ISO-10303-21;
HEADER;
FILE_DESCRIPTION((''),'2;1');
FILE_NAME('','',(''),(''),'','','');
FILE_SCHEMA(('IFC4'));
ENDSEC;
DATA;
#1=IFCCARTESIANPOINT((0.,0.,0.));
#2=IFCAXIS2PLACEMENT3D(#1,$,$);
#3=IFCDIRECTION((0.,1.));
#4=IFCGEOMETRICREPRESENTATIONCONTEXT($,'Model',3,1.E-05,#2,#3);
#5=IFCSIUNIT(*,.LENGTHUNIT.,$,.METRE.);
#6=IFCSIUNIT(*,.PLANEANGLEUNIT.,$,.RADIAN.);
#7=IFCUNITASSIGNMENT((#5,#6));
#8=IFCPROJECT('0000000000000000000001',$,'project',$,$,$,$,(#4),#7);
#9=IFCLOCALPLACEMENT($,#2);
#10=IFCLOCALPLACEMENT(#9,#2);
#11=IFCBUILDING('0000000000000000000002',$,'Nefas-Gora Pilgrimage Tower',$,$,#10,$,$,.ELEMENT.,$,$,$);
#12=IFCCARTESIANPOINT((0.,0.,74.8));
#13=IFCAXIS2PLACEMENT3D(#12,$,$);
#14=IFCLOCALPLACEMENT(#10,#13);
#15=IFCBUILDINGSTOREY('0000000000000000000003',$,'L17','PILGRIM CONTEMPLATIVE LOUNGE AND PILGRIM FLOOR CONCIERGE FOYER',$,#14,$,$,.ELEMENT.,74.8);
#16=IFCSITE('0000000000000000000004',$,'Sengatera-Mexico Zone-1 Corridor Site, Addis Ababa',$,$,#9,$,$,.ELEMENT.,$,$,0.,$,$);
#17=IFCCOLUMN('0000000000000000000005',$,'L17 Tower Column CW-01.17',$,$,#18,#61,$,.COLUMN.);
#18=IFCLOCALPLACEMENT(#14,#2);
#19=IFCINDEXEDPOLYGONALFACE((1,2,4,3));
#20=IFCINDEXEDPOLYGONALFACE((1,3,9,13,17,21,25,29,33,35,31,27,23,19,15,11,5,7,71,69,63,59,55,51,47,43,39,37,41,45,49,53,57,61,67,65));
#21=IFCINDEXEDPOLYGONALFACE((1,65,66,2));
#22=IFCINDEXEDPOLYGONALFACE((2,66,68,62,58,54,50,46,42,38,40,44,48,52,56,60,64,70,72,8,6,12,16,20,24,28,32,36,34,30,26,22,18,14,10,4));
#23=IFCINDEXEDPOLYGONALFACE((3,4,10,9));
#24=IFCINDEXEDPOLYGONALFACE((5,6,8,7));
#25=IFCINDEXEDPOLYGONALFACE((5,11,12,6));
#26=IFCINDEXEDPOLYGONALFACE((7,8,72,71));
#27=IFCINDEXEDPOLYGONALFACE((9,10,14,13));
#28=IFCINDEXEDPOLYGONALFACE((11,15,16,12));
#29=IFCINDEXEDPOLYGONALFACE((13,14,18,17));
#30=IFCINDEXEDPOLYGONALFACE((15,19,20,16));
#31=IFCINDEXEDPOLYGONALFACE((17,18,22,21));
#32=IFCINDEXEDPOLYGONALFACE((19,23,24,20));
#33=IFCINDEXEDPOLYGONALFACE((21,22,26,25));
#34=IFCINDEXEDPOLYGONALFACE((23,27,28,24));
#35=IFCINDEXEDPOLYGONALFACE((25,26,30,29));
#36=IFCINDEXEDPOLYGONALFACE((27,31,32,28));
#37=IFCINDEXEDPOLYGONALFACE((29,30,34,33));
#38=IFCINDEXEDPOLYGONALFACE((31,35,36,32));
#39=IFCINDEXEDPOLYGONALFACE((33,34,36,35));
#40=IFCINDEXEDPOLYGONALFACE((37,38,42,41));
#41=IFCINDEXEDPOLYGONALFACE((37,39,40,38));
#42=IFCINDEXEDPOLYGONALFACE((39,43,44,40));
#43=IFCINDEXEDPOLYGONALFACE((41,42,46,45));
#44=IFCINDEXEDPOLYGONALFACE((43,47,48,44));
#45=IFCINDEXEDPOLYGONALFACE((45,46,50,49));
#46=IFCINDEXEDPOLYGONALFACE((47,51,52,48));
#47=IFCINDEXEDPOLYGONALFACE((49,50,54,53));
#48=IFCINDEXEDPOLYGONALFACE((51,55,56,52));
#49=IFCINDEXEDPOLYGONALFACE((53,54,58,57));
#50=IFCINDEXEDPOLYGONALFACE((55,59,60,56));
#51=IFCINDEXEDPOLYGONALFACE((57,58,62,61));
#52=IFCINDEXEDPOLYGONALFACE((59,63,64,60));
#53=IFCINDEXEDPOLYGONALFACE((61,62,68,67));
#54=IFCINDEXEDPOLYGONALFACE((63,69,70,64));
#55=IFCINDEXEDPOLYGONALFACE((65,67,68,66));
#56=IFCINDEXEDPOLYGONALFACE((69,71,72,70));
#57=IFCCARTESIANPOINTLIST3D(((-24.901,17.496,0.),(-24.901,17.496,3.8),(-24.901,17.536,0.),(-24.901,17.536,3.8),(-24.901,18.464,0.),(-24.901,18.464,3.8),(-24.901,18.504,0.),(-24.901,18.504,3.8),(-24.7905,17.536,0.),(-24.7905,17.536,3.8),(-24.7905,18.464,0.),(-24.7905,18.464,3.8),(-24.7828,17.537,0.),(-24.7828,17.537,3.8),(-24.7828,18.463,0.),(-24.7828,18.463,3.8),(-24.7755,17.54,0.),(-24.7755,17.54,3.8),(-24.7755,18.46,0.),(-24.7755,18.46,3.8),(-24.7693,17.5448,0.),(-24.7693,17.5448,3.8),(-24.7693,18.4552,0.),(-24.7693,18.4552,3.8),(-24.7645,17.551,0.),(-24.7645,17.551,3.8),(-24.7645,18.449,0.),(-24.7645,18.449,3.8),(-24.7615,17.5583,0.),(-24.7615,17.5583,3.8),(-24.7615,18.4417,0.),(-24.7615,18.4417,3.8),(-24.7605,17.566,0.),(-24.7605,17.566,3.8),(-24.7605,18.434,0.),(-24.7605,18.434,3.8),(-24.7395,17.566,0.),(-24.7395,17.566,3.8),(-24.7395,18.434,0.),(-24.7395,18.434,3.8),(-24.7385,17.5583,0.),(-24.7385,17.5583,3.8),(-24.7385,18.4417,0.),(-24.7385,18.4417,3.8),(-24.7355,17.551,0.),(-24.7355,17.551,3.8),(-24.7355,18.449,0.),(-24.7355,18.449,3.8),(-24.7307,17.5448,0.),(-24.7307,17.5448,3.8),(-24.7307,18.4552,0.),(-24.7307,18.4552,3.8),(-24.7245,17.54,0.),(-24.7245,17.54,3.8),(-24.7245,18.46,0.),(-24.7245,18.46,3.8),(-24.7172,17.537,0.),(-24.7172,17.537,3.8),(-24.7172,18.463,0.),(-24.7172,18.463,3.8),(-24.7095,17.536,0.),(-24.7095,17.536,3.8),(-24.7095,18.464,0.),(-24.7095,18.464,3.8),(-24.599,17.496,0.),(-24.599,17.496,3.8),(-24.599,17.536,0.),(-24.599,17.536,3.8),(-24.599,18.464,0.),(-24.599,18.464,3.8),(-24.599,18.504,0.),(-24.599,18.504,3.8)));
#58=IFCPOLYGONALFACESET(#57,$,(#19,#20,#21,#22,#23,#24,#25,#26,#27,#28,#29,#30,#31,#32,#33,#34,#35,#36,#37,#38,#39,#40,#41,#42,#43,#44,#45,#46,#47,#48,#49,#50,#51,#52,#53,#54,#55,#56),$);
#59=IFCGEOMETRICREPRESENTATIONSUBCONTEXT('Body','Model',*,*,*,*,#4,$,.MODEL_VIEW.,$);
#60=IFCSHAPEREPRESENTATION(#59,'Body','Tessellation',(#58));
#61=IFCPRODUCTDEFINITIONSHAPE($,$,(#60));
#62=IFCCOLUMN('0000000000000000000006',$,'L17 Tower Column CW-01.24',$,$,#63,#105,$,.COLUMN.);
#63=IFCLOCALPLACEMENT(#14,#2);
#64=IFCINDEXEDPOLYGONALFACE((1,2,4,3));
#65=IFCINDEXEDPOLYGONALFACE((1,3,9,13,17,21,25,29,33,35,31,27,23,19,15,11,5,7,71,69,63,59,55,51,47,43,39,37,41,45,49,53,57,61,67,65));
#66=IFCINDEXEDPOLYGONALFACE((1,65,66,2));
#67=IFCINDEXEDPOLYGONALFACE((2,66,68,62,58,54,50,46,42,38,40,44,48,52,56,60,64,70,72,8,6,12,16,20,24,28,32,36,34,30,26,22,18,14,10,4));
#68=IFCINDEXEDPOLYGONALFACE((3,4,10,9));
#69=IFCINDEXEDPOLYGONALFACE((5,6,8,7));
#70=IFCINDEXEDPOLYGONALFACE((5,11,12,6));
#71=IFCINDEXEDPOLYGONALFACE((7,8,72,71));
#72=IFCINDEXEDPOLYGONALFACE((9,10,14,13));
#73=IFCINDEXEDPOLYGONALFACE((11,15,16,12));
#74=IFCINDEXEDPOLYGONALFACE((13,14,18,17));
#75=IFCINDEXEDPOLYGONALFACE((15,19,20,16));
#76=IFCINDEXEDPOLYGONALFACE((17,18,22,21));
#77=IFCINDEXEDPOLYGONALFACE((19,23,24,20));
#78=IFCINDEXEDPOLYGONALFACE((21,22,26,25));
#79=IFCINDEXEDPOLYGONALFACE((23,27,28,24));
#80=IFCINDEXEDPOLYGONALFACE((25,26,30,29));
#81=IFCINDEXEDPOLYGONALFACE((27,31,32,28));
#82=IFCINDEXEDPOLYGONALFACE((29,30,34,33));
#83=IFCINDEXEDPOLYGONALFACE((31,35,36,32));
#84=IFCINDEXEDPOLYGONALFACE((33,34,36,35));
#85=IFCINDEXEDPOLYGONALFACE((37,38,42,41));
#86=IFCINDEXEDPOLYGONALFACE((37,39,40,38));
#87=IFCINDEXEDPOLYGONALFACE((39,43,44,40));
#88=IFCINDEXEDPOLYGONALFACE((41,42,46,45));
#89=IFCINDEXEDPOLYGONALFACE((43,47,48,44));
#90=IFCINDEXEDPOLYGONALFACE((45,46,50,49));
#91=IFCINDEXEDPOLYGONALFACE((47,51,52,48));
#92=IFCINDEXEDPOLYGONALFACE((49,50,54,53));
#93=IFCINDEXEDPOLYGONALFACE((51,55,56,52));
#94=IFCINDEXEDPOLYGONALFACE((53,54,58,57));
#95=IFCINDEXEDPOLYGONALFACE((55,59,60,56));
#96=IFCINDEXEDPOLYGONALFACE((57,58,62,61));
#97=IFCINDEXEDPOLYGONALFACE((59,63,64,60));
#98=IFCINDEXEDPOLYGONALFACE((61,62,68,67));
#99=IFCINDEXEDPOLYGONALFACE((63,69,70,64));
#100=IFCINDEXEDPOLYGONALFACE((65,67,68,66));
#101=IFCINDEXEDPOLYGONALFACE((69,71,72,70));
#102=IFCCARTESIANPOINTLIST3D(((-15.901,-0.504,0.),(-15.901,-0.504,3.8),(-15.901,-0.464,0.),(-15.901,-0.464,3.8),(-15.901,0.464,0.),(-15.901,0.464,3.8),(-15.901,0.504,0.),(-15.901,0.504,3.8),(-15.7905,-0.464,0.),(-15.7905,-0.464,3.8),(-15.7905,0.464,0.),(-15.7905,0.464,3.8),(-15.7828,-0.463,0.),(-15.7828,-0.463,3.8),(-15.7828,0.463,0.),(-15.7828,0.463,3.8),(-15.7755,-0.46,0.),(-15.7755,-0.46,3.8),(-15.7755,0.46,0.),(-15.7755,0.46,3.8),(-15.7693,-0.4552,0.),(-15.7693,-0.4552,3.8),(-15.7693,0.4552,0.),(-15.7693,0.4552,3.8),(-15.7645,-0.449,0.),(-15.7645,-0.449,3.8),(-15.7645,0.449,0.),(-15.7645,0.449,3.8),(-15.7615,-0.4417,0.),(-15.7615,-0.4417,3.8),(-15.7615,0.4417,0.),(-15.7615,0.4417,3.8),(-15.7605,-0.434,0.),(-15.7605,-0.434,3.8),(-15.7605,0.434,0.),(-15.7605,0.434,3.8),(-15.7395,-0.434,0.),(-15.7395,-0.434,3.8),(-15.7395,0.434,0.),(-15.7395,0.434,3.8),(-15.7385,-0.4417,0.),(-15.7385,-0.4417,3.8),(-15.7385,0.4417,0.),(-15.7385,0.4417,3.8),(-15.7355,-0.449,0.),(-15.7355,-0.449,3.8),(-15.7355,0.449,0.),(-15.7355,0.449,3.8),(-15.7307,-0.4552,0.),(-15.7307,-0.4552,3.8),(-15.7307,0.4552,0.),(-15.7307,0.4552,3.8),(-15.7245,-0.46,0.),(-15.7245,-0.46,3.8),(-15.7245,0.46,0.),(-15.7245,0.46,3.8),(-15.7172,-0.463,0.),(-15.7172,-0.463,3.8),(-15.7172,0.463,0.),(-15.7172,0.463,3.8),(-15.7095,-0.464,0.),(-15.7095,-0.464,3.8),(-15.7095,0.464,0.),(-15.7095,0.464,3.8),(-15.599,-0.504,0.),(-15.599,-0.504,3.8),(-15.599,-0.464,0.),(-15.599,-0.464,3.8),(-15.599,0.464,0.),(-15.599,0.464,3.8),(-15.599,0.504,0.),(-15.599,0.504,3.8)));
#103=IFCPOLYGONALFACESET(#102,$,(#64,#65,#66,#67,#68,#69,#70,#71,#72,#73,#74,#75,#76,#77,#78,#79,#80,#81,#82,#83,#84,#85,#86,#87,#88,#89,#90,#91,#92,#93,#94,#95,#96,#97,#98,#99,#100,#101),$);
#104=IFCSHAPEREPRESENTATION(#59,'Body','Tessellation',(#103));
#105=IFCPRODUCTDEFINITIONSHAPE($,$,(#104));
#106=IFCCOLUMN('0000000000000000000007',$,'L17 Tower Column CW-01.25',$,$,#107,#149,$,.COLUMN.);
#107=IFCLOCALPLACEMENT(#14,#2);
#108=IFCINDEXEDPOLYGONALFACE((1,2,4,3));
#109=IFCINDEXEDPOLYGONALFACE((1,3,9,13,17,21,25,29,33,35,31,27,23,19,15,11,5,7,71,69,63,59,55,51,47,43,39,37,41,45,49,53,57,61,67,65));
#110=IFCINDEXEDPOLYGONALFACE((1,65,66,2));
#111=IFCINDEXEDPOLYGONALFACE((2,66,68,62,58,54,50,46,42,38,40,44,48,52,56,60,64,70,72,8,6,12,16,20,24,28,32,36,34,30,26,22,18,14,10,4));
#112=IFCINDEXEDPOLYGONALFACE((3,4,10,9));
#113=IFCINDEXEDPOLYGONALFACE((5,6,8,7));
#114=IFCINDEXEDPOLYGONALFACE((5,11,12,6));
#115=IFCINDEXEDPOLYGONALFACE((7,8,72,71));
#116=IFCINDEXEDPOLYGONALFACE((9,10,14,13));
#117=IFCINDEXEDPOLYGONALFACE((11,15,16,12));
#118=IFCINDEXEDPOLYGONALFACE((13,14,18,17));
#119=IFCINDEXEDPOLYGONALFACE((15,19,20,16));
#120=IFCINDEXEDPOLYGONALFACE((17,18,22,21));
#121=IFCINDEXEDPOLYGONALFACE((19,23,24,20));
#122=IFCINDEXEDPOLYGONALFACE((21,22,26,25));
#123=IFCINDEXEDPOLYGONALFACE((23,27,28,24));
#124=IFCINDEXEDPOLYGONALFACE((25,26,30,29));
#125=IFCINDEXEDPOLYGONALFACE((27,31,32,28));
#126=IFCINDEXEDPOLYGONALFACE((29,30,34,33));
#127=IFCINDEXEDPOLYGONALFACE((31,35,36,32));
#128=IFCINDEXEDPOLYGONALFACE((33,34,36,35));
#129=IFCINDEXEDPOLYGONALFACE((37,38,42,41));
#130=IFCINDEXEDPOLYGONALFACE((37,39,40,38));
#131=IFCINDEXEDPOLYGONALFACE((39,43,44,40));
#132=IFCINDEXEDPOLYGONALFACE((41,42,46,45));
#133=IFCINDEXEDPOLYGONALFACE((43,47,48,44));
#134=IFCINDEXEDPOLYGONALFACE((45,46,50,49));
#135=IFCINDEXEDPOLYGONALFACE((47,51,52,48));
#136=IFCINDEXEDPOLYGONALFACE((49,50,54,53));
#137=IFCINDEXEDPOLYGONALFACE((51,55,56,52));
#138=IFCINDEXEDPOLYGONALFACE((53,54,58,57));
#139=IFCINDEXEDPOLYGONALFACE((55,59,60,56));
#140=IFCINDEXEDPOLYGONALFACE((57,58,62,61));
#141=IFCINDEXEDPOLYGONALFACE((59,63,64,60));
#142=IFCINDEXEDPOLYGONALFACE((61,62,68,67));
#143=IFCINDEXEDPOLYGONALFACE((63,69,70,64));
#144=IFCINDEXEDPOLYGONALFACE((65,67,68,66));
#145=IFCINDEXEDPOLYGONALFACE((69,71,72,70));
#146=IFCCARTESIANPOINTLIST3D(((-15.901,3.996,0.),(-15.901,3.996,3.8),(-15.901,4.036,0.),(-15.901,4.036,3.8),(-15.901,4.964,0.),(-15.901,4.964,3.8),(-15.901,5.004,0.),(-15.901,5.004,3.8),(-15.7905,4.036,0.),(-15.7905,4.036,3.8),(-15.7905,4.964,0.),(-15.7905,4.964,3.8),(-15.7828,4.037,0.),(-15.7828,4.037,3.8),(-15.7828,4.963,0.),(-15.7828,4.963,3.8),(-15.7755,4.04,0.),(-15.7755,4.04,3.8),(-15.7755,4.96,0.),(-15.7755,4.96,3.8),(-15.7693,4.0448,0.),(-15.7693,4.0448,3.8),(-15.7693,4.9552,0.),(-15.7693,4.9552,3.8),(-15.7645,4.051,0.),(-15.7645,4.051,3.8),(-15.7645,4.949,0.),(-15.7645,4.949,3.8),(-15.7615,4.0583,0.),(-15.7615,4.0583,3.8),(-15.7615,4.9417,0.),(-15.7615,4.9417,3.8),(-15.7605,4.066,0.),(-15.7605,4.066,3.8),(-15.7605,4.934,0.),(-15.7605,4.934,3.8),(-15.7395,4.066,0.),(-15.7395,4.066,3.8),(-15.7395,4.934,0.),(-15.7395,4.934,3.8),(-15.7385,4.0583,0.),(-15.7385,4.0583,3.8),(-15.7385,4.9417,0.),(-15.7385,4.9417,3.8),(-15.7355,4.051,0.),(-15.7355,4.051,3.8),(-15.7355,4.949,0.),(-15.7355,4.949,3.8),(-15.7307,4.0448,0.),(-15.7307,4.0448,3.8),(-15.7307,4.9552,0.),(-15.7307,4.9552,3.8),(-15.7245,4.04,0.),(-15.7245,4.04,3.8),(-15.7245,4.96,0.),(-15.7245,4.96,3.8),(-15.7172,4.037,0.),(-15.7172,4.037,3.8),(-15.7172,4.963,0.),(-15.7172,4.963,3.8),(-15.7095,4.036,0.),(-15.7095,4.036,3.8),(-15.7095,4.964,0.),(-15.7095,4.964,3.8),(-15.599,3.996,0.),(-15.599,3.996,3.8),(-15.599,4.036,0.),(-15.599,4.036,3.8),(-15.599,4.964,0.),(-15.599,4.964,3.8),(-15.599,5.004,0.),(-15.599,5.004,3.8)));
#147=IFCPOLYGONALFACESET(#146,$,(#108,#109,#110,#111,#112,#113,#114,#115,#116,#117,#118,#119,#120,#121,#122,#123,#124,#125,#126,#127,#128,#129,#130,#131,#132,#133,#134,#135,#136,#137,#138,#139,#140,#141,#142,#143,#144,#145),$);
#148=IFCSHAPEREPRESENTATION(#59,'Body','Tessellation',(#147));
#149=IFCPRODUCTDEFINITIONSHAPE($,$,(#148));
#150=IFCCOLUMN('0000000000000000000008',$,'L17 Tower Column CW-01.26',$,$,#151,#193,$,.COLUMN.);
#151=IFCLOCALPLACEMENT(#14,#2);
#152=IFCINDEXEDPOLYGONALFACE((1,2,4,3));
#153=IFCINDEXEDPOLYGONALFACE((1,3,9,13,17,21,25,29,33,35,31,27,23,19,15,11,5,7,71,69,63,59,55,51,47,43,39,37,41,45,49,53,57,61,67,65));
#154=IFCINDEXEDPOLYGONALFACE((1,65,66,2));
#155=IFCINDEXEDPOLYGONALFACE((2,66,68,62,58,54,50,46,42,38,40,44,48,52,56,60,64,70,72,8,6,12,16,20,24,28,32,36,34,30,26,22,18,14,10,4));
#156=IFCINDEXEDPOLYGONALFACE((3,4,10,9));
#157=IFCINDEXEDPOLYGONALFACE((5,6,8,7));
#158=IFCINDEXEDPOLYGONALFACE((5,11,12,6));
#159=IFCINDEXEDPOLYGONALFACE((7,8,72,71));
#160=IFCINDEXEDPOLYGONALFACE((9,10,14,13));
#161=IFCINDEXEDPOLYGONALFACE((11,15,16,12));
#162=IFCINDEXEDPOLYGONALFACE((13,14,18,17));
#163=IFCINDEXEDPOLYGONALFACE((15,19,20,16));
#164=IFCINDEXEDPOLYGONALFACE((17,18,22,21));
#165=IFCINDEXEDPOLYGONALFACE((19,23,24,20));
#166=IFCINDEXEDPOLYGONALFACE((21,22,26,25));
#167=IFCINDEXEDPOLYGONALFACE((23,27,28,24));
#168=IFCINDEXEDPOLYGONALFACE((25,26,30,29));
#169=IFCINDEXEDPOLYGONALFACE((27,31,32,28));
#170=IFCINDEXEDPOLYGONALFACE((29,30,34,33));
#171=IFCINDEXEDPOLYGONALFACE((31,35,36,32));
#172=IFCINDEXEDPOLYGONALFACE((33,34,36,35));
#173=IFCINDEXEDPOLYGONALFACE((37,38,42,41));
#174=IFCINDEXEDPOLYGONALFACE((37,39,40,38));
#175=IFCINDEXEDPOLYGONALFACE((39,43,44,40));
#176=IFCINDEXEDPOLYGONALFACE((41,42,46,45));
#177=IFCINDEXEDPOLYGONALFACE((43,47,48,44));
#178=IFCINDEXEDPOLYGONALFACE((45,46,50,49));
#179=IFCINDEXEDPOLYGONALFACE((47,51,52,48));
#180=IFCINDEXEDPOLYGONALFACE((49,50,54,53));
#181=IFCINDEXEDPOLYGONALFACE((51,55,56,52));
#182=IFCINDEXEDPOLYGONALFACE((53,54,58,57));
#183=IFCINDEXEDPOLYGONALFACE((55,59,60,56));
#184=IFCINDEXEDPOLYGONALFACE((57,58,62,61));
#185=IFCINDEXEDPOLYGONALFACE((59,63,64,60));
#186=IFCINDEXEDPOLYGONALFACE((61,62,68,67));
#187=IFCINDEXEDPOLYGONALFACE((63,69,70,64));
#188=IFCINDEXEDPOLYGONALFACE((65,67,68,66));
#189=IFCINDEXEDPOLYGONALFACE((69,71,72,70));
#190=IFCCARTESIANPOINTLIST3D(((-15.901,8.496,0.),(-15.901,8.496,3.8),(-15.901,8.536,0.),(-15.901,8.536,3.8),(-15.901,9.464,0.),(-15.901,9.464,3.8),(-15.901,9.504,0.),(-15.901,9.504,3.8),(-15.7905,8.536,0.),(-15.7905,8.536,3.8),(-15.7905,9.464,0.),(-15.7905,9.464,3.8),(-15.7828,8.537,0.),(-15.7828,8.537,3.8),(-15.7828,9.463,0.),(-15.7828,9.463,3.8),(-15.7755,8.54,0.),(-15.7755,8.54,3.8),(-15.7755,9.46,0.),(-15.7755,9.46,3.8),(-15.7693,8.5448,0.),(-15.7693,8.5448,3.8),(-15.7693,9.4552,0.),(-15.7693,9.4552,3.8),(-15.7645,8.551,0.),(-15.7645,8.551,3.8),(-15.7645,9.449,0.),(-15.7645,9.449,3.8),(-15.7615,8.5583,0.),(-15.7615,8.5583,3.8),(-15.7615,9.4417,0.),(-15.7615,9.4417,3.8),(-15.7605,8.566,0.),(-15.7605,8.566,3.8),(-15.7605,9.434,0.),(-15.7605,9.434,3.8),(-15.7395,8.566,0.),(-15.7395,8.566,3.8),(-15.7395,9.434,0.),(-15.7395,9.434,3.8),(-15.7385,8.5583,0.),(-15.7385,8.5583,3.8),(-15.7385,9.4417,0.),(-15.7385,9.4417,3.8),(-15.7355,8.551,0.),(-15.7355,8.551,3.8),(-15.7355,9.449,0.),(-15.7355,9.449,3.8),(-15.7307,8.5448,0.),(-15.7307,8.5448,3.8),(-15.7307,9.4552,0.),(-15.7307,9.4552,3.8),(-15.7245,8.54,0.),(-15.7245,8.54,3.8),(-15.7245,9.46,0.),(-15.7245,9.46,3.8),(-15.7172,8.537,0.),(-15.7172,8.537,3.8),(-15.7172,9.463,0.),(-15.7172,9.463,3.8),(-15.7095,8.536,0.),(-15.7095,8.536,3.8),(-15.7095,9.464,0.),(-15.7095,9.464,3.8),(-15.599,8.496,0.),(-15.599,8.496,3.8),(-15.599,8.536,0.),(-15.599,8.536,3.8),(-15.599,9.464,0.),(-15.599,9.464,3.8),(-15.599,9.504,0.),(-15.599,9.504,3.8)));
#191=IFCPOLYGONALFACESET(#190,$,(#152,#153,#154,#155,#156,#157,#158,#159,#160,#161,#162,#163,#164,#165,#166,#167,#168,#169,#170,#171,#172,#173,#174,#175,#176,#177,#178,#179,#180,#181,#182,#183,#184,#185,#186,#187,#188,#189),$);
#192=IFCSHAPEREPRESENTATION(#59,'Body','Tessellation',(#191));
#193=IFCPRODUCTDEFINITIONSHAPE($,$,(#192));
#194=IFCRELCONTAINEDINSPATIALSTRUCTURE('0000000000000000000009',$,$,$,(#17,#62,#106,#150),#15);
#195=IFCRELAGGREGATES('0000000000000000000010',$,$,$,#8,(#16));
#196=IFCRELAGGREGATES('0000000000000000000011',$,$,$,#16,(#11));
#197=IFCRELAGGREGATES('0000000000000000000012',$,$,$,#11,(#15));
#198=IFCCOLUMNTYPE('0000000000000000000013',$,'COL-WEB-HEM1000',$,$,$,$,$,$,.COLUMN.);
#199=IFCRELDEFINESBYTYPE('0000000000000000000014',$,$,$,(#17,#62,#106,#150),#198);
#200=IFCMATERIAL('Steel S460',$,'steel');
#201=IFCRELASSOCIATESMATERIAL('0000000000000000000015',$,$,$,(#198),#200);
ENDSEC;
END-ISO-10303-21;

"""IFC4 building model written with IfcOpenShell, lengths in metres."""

from ifc_helpers import new_model, si_unit, direction, frame, origin, origin_2d, place, context, subcontext, project, spatial, i_section, extrude, source, transform, mapped, material, material_profile, profile_set, type_object, element, save


model = new_model("IFC4")

# Units and contexts
model_context = context("Model", 3, precision=1e-05, world=origin(), true_north=direction((0.0, 1.0)))
body_context = subcontext(model_context, "Body", "Model", "MODEL_VIEW")
ifc_project = project(units=[si_unit("LENGTHUNIT", "METRE"), si_unit("PLANEANGLEUNIT", "RADIAN")], contexts=[model_context])

# Site, building, storey
site_placement = place(None, origin())
site = spatial("IfcSite", under=ifc_project, at=site_placement, Name="Sengatera-Mexico Zone-1 Corridor Site, Addis Ababa", CompositionType="ELEMENT", RefElevation=0.0)
building_placement = place(site_placement, origin())
building = spatial("IfcBuilding", under=site, at=building_placement, Name="Nefas-Gora Pilgrimage Tower", CompositionType="ELEMENT")
storey_placement = place(building_placement, frame((0.0, 0.0, 74.8)))
storey = spatial("IfcBuildingStorey", under=building, at=storey_placement, Name="L17", Description="PILGRIM CONTEMPLATIVE LOUNGE AND PILGRIM FLOOR CONCIERGE FOYER", CompositionType="ELEMENT", Elevation=74.8)

# Columns
ifc_material_1 = material(Name="Steel S460", Category="steel")
ifc_material_profile_1 = material_profile(ifc_material_1, i_section(OverallWidth=0.302, OverallDepth=1.0081, WebThickness=0.021, FlangeThickness=0.04, FilletRadius=0.03, at=origin_2d()), Name="HEM 1000")
ifc_profile_set_1 = profile_set([ifc_material_profile_1], Name="Steel S460")
column_type_1 = type_object("IfcColumnType", Name="COL-WEB-HEM1000", PredefinedType="COLUMN", material=ifc_profile_set_1)
shared_shape_1 = source(origin(), body_context, "Body", "SweptSolid", [
    extrude(i_section(OverallWidth=0.302, OverallDepth=1.0081, WebThickness=0.021, FlangeThickness=0.04, FilletRadius=0.03, at=origin_2d()), origin(), (0.0, 0.0, 1.0), 3.8),
])
for number, where, z_axis, x_axis, name in (
    (1, (-24.75, 18.0, 0.0), (0.0, 0.0, 1.0), (1.0, 0.0, 0.0), "L17 Tower Column CW-01.17"),
    (2, (-15.75, 0.0, 0.0), (0.0, 0.0, 1.0), (1.0, 0.0, 0.0), "L17 Tower Column CW-01.24"),
    (3, (-15.75, 4.5, 0.0), (0.0, 0.0, 1.0), (1.0, 0.0, 0.0), "L17 Tower Column CW-01.25"),
    (4, (-15.75, 9.0, 0.0), (0.0, 0.0, 1.0), (1.0, 0.0, 0.0), "L17 Tower Column CW-01.26"),
):
    element("IfcColumn", number, at=place(storey_placement, frame(where, z_axis=z_axis, x_axis=x_axis)), inside=storey, type_object=column_type_1, Name=name, PredefinedType="COLUMN", context=body_context, shape_type="MappedRepresentation", body=[
        mapped(shared_shape_1, transform((0.0, 0.0, 0.0), x_axis=(1.0, 0.0, 0.0), y_axis=(0.0, 1.0, 0.0), z_axis=(0.0, 0.0, 1.0), scale=1.0)),
    ])

save(model, "model.ifc")
